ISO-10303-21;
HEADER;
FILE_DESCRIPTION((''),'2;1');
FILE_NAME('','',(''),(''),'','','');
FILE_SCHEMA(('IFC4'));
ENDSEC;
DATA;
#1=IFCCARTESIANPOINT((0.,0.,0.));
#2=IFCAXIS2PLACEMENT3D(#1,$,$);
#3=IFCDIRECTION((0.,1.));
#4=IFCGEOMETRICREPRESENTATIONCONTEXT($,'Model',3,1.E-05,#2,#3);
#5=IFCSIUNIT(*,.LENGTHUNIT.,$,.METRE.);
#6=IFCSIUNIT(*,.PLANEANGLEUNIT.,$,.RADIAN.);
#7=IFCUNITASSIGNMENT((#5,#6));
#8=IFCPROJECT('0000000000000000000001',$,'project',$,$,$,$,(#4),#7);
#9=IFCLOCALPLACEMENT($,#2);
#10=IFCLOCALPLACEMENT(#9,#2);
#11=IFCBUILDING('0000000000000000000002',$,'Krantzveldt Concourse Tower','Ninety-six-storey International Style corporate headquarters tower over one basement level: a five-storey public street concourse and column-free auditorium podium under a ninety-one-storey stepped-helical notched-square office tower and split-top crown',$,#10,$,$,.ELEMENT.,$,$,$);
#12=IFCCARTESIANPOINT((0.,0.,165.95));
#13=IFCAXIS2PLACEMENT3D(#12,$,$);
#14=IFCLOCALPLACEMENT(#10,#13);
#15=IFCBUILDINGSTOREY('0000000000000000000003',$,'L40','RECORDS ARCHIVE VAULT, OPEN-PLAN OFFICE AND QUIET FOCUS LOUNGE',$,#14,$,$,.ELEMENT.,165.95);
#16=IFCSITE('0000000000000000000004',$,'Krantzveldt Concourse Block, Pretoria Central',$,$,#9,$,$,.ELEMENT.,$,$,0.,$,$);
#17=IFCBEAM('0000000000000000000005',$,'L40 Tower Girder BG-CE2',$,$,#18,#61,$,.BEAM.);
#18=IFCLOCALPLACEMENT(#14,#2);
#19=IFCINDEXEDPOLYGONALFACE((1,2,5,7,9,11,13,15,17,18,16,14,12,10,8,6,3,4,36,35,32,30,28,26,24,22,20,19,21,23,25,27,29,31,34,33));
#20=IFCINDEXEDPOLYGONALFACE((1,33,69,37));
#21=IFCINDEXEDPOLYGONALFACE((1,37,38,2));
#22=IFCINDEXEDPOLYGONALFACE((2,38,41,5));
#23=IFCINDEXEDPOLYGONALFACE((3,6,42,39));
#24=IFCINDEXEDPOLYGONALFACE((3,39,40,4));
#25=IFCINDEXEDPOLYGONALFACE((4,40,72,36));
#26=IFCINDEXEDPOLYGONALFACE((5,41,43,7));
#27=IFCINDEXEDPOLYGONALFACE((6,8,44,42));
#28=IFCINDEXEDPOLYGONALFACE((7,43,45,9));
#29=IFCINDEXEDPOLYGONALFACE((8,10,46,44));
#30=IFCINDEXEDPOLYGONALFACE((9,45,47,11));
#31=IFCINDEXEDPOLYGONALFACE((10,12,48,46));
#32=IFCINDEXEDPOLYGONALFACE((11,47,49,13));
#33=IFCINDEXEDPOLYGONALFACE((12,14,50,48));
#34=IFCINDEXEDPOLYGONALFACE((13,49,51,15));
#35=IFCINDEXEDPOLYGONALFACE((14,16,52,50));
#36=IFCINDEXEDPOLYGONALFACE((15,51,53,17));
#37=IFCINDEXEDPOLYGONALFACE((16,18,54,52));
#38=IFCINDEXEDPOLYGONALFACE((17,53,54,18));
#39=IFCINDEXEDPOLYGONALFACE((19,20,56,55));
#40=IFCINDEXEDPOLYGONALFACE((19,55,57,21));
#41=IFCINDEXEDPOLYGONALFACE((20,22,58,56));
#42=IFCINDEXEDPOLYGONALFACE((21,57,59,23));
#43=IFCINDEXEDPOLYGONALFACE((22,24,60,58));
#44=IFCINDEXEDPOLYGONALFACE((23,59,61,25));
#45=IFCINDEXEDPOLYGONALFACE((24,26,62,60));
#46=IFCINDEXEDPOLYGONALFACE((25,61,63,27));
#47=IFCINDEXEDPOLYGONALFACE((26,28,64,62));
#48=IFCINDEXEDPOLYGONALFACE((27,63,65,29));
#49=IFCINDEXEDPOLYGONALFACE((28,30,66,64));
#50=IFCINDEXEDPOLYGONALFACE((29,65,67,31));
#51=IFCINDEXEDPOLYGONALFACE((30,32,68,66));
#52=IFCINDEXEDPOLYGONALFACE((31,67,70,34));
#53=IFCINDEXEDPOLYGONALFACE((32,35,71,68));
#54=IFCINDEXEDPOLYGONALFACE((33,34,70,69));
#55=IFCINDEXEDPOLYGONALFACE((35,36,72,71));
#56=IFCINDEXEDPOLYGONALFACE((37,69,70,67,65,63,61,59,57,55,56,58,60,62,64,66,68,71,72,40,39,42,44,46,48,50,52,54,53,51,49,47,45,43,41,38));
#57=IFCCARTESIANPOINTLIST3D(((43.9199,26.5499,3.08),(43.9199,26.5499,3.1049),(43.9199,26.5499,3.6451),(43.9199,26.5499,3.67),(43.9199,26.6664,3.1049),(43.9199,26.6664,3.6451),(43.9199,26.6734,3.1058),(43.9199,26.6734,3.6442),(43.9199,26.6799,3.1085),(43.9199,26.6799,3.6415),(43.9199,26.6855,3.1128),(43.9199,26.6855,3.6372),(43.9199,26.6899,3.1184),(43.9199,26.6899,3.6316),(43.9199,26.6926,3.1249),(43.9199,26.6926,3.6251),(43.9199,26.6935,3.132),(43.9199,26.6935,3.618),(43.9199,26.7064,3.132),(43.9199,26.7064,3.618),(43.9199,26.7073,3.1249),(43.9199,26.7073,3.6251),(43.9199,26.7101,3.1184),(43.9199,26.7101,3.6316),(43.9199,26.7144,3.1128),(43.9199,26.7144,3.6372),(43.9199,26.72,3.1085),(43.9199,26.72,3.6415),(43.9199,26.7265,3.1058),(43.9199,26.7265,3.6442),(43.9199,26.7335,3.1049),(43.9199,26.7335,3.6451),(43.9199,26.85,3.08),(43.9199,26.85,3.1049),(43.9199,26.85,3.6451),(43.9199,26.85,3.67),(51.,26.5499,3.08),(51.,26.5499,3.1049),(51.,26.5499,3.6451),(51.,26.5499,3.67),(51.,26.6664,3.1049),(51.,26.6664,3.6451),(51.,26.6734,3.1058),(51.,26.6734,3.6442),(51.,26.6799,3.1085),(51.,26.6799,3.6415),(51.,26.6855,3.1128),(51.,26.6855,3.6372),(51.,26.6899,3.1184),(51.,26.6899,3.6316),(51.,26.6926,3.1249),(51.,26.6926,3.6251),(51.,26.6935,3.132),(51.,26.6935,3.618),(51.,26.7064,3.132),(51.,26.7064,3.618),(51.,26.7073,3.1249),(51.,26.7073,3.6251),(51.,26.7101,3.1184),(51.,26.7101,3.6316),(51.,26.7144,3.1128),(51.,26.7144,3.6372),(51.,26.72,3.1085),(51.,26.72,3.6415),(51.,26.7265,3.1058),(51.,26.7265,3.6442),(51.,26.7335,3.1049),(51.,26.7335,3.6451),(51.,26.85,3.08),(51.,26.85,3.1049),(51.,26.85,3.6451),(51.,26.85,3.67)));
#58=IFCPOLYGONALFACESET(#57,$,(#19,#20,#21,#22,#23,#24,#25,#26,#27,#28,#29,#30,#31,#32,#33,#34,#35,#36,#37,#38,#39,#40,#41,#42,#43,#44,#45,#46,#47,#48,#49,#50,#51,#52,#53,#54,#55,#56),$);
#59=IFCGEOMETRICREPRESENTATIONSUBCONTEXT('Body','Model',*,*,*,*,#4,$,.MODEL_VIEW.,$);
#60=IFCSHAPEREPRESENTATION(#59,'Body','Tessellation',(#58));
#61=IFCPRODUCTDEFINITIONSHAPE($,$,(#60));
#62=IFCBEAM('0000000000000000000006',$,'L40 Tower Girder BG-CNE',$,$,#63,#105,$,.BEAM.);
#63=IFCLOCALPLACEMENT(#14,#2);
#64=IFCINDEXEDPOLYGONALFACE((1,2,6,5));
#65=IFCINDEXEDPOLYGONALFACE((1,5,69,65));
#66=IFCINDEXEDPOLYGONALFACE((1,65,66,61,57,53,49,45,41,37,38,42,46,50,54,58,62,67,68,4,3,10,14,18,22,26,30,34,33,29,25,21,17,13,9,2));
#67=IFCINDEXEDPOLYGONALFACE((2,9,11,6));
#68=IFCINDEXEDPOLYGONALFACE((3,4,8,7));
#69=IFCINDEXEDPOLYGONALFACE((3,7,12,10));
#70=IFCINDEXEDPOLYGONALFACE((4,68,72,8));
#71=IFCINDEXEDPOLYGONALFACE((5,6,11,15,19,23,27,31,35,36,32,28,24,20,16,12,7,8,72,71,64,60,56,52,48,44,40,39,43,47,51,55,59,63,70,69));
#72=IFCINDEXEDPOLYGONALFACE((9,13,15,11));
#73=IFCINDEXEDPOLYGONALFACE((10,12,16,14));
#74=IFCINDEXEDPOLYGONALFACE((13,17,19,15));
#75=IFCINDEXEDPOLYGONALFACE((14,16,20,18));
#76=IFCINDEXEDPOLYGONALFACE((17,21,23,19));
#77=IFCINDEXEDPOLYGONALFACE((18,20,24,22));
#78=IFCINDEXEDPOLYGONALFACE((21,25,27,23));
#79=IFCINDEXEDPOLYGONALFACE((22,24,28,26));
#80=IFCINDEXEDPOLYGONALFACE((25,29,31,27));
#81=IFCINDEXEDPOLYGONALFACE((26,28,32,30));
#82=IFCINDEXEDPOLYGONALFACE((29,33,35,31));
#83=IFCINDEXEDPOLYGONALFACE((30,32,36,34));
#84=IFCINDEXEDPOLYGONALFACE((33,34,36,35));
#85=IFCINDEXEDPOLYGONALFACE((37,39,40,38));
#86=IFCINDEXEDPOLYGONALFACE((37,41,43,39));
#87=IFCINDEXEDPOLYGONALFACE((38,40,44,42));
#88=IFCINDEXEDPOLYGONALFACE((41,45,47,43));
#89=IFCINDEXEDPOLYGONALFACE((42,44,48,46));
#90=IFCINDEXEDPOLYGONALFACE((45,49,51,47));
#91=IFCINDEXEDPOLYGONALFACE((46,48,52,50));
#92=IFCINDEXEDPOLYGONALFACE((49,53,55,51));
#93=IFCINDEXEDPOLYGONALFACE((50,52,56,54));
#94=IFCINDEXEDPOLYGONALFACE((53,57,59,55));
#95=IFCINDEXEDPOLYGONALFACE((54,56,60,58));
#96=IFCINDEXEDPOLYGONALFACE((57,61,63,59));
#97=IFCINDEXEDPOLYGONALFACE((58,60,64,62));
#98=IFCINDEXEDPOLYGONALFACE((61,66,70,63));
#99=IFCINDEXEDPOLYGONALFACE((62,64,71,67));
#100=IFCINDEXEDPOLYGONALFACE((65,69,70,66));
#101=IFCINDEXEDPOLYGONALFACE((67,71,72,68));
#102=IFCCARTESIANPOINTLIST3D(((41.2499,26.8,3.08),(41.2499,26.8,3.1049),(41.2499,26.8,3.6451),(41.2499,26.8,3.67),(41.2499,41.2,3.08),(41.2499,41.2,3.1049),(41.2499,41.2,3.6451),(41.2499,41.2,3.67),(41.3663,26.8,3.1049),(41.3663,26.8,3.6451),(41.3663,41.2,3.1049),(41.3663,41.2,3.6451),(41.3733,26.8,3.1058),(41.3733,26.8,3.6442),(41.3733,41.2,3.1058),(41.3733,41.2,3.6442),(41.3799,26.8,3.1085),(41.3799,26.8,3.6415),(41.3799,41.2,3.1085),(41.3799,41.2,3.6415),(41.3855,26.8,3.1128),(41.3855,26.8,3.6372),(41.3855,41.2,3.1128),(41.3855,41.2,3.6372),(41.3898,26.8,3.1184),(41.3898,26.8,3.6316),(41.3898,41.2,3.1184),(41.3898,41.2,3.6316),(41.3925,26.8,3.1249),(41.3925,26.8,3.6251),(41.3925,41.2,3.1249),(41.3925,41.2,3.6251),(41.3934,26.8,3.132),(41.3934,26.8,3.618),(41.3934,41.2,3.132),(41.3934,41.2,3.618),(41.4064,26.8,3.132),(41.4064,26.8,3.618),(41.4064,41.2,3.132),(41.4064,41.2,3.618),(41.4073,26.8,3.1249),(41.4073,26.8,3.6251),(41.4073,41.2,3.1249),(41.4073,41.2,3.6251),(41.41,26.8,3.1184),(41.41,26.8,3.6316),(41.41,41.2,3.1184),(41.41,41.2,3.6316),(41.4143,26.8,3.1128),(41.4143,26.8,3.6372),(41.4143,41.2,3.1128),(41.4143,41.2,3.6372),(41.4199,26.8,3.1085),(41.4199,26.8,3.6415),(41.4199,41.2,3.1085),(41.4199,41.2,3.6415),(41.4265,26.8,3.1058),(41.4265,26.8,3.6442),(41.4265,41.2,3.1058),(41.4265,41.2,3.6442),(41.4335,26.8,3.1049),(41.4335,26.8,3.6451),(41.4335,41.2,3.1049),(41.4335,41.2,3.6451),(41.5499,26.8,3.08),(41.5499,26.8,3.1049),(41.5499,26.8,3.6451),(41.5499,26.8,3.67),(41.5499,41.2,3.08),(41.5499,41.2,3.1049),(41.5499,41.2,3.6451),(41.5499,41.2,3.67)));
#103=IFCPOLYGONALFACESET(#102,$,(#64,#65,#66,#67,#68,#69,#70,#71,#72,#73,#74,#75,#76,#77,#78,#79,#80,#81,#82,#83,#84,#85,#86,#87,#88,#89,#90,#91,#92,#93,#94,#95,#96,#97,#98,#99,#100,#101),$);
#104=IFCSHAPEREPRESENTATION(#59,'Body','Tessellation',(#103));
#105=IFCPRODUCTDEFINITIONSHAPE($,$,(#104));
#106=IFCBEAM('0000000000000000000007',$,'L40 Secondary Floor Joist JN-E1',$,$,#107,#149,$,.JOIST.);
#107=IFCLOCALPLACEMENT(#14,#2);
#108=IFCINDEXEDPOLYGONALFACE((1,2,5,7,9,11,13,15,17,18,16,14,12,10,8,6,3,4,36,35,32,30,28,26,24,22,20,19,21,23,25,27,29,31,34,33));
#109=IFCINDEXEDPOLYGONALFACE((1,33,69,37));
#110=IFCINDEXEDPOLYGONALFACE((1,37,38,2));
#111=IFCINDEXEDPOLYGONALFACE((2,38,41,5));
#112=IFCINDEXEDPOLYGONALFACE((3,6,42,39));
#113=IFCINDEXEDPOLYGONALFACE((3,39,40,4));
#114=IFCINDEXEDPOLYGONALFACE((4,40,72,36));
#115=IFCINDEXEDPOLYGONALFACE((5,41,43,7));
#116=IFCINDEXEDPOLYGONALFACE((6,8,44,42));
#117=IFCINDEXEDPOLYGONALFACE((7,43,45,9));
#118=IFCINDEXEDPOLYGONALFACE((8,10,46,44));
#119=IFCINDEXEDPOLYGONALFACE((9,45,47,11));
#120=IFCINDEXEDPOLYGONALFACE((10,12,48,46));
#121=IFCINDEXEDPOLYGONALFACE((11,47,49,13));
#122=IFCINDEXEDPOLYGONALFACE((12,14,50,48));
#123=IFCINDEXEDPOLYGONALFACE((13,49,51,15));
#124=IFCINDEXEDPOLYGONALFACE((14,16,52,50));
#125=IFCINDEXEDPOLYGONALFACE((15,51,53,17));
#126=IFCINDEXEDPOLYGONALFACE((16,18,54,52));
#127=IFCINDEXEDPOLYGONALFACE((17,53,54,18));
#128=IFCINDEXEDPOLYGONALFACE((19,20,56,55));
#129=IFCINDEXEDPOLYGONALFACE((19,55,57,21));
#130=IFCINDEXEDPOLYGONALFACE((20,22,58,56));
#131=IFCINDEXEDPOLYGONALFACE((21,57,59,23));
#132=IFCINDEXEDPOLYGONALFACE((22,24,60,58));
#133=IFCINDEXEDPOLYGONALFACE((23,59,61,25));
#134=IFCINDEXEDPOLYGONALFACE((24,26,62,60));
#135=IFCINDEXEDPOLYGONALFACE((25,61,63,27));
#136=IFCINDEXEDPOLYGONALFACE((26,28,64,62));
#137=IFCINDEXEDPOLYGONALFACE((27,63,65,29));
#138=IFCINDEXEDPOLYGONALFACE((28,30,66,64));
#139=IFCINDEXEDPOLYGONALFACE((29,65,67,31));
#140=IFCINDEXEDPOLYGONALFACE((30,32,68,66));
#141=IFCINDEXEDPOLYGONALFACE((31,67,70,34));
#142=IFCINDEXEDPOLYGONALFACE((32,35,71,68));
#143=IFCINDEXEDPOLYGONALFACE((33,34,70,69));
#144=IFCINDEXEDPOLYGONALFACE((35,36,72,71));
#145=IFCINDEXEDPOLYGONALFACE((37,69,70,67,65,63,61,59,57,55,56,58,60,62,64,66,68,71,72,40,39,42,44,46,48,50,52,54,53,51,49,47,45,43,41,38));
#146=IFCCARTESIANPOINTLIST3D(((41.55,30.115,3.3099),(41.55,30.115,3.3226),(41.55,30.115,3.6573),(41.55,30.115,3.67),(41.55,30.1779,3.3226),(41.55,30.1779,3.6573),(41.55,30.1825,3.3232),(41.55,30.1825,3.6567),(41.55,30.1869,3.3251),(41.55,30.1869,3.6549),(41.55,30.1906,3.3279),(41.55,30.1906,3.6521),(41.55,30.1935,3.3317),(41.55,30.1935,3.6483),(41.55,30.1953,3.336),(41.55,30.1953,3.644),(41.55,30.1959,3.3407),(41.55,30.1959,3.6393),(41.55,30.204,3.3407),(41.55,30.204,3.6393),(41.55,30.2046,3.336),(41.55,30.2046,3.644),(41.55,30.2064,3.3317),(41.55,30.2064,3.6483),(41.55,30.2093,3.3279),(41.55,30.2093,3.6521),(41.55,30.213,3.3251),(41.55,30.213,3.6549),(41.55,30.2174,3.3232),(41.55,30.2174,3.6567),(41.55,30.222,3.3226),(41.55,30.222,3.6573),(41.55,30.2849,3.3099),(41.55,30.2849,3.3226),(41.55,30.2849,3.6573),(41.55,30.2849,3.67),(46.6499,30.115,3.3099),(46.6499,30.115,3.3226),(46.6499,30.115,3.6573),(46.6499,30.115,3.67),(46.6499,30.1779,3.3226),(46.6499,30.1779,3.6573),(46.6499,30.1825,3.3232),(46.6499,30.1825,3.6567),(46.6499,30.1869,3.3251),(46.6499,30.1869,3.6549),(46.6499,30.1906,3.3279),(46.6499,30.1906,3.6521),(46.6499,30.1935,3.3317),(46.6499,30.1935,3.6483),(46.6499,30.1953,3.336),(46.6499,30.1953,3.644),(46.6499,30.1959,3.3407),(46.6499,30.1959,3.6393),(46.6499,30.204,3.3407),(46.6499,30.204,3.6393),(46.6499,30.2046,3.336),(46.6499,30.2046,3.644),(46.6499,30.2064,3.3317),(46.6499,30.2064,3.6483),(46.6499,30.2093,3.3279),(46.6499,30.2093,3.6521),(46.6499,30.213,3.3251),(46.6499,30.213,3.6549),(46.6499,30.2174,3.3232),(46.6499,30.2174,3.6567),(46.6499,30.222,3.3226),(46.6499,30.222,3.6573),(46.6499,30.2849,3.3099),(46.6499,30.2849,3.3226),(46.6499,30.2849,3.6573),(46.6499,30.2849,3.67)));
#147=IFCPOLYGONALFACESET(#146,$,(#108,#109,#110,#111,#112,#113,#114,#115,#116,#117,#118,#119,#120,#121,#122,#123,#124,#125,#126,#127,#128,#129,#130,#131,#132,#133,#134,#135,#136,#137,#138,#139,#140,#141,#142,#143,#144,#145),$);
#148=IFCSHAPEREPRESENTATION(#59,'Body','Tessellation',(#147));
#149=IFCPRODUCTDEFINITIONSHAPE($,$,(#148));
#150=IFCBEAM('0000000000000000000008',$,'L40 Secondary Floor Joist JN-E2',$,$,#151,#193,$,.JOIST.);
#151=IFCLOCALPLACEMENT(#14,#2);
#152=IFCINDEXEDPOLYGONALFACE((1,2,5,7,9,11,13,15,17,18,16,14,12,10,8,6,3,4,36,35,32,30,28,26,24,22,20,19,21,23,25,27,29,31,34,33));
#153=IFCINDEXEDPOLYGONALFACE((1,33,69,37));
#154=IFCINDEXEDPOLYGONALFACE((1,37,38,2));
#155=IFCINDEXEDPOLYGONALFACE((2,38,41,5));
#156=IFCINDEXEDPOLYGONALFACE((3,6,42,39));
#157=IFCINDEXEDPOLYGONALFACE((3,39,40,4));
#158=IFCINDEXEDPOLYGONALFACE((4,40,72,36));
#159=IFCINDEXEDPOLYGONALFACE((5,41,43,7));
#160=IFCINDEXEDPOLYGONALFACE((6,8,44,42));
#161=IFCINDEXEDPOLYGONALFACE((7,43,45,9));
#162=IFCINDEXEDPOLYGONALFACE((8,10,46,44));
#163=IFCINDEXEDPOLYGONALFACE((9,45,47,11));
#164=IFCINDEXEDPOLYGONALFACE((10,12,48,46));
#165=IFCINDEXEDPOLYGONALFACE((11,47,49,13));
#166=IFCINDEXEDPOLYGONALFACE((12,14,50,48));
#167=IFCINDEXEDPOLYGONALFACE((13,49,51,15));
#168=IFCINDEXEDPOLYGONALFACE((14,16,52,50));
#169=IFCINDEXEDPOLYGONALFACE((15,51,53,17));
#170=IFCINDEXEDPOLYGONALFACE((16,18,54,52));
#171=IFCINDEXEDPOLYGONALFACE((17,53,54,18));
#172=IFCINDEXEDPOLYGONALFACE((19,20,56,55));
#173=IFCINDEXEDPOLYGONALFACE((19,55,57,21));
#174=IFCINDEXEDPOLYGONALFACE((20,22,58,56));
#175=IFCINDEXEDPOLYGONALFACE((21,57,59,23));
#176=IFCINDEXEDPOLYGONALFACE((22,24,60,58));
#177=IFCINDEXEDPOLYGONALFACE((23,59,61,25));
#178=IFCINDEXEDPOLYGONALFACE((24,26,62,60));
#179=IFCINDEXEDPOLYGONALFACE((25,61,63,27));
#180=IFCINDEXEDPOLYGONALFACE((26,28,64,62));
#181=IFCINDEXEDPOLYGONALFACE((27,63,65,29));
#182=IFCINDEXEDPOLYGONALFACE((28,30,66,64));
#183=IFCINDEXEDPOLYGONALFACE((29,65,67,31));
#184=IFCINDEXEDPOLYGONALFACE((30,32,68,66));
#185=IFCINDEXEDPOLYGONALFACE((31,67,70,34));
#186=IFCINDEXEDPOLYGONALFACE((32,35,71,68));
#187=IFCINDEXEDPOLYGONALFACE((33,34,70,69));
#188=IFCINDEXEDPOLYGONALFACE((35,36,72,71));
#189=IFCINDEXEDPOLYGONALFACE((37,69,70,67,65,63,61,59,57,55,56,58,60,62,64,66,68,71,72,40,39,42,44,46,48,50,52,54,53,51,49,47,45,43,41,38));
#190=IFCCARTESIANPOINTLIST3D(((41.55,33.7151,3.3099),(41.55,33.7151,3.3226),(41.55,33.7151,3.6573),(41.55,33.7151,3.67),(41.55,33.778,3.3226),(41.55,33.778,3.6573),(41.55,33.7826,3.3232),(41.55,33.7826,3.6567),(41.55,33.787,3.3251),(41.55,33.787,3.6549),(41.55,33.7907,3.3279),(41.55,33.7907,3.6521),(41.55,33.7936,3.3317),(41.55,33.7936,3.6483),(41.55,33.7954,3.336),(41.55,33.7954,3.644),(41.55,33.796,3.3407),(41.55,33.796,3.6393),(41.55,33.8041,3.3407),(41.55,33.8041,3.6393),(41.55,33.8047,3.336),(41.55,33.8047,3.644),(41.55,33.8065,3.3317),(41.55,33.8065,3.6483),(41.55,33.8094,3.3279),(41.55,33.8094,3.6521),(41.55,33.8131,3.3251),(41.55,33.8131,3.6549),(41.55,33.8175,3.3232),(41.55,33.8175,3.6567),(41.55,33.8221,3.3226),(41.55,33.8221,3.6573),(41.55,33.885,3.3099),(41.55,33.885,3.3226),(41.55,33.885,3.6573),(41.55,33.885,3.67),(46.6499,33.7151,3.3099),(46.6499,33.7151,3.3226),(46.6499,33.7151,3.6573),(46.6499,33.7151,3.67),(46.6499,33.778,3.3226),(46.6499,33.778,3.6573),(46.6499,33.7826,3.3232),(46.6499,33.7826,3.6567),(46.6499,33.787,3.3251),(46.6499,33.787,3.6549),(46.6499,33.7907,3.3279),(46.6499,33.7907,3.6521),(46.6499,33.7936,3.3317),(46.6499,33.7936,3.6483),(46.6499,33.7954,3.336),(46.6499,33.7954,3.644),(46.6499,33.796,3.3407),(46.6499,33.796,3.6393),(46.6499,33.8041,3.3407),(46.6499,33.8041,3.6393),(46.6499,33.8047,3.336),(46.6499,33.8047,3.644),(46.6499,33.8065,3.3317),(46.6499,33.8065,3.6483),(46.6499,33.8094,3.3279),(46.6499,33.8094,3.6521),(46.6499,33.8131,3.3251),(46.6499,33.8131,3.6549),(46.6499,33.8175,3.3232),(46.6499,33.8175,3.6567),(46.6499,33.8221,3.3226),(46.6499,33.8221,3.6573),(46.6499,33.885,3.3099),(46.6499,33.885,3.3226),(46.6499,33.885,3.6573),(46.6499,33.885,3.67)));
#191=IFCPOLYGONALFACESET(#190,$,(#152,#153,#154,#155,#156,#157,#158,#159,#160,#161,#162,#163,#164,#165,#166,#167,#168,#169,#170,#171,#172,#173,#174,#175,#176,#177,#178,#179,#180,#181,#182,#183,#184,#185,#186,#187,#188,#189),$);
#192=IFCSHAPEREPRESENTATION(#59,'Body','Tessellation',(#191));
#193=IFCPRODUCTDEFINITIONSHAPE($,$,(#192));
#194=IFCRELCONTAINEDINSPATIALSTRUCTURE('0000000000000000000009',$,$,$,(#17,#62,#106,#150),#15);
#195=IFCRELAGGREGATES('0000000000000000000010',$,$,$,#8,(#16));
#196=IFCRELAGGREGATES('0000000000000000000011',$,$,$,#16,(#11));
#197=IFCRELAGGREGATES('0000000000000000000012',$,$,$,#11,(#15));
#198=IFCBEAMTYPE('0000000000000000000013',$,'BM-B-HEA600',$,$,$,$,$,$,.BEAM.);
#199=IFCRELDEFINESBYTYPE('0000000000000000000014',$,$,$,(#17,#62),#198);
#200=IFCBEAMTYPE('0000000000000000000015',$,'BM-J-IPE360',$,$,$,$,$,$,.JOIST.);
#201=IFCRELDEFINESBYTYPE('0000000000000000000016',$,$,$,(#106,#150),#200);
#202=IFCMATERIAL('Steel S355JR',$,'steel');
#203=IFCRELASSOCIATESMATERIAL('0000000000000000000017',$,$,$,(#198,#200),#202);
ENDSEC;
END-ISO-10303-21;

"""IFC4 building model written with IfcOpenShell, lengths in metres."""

from ifc_helpers import new_model, si_unit, direction, frame, origin, origin_2d, place, context, subcontext, project, spatial, i_section, extrude, source, transform, mapped, material, material_profile, profile_set, type_object, type_shapes, element, save


model = new_model("IFC4")

# Units and contexts
model_context = context("Model", 3, precision=1e-05, world=origin(), true_north=direction((0.0, 1.0)))
body_context = subcontext(model_context, "Body", "Model", "MODEL_VIEW")
ifc_project = project(units=[si_unit("LENGTHUNIT", "METRE"), si_unit("PLANEANGLEUNIT", "RADIAN")], contexts=[model_context])

# Site, building, storey
site_placement = place(None, origin())
site = spatial("IfcSite", under=ifc_project, at=site_placement, Name="Krantzveldt Concourse Block, Pretoria Central", CompositionType="ELEMENT", RefElevation=0.0)
building_placement = place(site_placement, origin())
building = spatial("IfcBuilding", under=site, at=building_placement, Name="Krantzveldt Concourse Tower", Description="Ninety-six-storey International Style corporate headquarters tower over one basement level: a five-storey public street concourse and column-free auditorium podium under a ninety-one-storey stepped-helical notched-square office tower and split-top crown", CompositionType="ELEMENT")
storey_placement = place(building_placement, frame((0.0, 0.0, 165.95)))
storey = spatial("IfcBuildingStorey", under=building, at=storey_placement, Name="L40", Description="RECORDS ARCHIVE VAULT, OPEN-PLAN OFFICE AND QUIET FOCUS LOUNGE", CompositionType="ELEMENT", Elevation=165.95)

# Beams
ifc_material_1 = material(Name="Steel S355JR", Category="steel")
ifc_material_profile_1 = material_profile(ifc_material_1, i_section(OverallWidth=0.3, OverallDepth=0.5901, WebThickness=0.0129, FlangeThickness=0.0249, FilletRadius=0.0271, at=origin_2d()), Name="Steel S355JR", Category="steel")
ifc_profile_set_1 = profile_set([ifc_material_profile_1], Name="Steel S355JR - HEA 600")
beam_type_1 = type_object("IfcBeamType", Name="BM-B-HEA600", PredefinedType="BEAM", material=ifc_profile_set_1)
shared_shape_1 = source(origin(), body_context, "Body", "SweptSolid", [
    extrude(i_section(OverallWidth=0.3, OverallDepth=0.5901, WebThickness=0.0129, FlangeThickness=0.0249, FilletRadius=0.0271, at=origin_2d()), origin(), (0.0, 0.0, 1.0), 7.0801),
])
beam_1_placement = place(storey_placement, frame((43.9199, 26.7, 3.375), z_axis=(1.0, 0.0, 0.0), x_axis=(0.0, 1.0, 0.0)))
element("IfcBeam", 1, at=beam_1_placement, inside=storey, type_object=beam_type_1, Name="L40 Tower Girder BG-CE2", PredefinedType="BEAM", context=body_context, shape_type="MappedRepresentation", body=[
    mapped(shared_shape_1, transform((0.0, 0.0, 0.0), x_axis=(1.0, 0.0, 0.0), y_axis=(0.0, 1.0, 0.0), z_axis=(0.0, 0.0, 1.0), scale=1.0)),
])
shared_shape_2 = source(origin(), body_context, "Body", "SweptSolid", [
    extrude(i_section(OverallWidth=0.3, OverallDepth=0.5901, WebThickness=0.0129, FlangeThickness=0.0249, FilletRadius=0.0271, at=origin_2d()), origin(), (0.0, 0.0, 1.0), 14.3999),
])
type_shapes(beam_type_1, [shared_shape_1, shared_shape_2])
beam_2_placement = place(storey_placement, frame((41.3999, 26.8, 3.375), z_axis=(0.0, 1.0, 0.0), x_axis=(-1.0, 0.0, 0.0)))
element("IfcBeam", 2, at=beam_2_placement, inside=storey, type_object=beam_type_1, Name="L40 Tower Girder BG-CNE", PredefinedType="BEAM", context=body_context, shape_type="MappedRepresentation", body=[
    mapped(shared_shape_2, transform((0.0, 0.0, 0.0), x_axis=(1.0, 0.0, 0.0), y_axis=(0.0, 1.0, 0.0), z_axis=(0.0, 0.0, 1.0), scale=1.0)),
])
ifc_material_profile_2 = material_profile(ifc_material_1, i_section(OverallWidth=0.1699, OverallDepth=0.3601, WebThickness=0.0081, FlangeThickness=0.0127, FilletRadius=0.0181, at=origin_2d()), Name="Steel S355JR", Category="steel")
ifc_profile_set_2 = profile_set([ifc_material_profile_2], Name="Steel S355JR - IPE 360")
beam_type_2 = type_object("IfcBeamType", Name="BM-J-IPE360", PredefinedType="JOIST", material=ifc_profile_set_2)
shared_shape_3 = source(origin(), body_context, "Body", "SweptSolid", [
    extrude(i_section(OverallWidth=0.1699, OverallDepth=0.3601, WebThickness=0.0081, FlangeThickness=0.0127, FilletRadius=0.0181, at=origin_2d()), origin(), (0.0, 0.0, 1.0), 5.0999),
])
type_shapes(beam_type_2, [shared_shape_3])
for number, where, z_axis, x_axis, name in (
    (3, (41.55, 30.2, 3.49), (1.0, 0.0, 0.0), (0.0, 1.0, 0.0), "L40 Secondary Floor Joist JN-E1"),
    (4, (41.55, 33.8, 3.49), (1.0, 0.0, 0.0), (0.0, 1.0, 0.0), "L40 Secondary Floor Joist JN-E2"),
):
    element("IfcBeam", number, at=place(storey_placement, frame(where, z_axis=z_axis, x_axis=x_axis)), inside=storey, type_object=beam_type_2, Name=name, PredefinedType="JOIST", context=body_context, shape_type="MappedRepresentation", body=[
        mapped(shared_shape_3, transform((0.0, 0.0, 0.0), x_axis=(1.0, 0.0, 0.0), y_axis=(0.0, 1.0, 0.0), z_axis=(0.0, 0.0, 1.0), scale=1.0)),
    ])

save(model, "model.ifc")
